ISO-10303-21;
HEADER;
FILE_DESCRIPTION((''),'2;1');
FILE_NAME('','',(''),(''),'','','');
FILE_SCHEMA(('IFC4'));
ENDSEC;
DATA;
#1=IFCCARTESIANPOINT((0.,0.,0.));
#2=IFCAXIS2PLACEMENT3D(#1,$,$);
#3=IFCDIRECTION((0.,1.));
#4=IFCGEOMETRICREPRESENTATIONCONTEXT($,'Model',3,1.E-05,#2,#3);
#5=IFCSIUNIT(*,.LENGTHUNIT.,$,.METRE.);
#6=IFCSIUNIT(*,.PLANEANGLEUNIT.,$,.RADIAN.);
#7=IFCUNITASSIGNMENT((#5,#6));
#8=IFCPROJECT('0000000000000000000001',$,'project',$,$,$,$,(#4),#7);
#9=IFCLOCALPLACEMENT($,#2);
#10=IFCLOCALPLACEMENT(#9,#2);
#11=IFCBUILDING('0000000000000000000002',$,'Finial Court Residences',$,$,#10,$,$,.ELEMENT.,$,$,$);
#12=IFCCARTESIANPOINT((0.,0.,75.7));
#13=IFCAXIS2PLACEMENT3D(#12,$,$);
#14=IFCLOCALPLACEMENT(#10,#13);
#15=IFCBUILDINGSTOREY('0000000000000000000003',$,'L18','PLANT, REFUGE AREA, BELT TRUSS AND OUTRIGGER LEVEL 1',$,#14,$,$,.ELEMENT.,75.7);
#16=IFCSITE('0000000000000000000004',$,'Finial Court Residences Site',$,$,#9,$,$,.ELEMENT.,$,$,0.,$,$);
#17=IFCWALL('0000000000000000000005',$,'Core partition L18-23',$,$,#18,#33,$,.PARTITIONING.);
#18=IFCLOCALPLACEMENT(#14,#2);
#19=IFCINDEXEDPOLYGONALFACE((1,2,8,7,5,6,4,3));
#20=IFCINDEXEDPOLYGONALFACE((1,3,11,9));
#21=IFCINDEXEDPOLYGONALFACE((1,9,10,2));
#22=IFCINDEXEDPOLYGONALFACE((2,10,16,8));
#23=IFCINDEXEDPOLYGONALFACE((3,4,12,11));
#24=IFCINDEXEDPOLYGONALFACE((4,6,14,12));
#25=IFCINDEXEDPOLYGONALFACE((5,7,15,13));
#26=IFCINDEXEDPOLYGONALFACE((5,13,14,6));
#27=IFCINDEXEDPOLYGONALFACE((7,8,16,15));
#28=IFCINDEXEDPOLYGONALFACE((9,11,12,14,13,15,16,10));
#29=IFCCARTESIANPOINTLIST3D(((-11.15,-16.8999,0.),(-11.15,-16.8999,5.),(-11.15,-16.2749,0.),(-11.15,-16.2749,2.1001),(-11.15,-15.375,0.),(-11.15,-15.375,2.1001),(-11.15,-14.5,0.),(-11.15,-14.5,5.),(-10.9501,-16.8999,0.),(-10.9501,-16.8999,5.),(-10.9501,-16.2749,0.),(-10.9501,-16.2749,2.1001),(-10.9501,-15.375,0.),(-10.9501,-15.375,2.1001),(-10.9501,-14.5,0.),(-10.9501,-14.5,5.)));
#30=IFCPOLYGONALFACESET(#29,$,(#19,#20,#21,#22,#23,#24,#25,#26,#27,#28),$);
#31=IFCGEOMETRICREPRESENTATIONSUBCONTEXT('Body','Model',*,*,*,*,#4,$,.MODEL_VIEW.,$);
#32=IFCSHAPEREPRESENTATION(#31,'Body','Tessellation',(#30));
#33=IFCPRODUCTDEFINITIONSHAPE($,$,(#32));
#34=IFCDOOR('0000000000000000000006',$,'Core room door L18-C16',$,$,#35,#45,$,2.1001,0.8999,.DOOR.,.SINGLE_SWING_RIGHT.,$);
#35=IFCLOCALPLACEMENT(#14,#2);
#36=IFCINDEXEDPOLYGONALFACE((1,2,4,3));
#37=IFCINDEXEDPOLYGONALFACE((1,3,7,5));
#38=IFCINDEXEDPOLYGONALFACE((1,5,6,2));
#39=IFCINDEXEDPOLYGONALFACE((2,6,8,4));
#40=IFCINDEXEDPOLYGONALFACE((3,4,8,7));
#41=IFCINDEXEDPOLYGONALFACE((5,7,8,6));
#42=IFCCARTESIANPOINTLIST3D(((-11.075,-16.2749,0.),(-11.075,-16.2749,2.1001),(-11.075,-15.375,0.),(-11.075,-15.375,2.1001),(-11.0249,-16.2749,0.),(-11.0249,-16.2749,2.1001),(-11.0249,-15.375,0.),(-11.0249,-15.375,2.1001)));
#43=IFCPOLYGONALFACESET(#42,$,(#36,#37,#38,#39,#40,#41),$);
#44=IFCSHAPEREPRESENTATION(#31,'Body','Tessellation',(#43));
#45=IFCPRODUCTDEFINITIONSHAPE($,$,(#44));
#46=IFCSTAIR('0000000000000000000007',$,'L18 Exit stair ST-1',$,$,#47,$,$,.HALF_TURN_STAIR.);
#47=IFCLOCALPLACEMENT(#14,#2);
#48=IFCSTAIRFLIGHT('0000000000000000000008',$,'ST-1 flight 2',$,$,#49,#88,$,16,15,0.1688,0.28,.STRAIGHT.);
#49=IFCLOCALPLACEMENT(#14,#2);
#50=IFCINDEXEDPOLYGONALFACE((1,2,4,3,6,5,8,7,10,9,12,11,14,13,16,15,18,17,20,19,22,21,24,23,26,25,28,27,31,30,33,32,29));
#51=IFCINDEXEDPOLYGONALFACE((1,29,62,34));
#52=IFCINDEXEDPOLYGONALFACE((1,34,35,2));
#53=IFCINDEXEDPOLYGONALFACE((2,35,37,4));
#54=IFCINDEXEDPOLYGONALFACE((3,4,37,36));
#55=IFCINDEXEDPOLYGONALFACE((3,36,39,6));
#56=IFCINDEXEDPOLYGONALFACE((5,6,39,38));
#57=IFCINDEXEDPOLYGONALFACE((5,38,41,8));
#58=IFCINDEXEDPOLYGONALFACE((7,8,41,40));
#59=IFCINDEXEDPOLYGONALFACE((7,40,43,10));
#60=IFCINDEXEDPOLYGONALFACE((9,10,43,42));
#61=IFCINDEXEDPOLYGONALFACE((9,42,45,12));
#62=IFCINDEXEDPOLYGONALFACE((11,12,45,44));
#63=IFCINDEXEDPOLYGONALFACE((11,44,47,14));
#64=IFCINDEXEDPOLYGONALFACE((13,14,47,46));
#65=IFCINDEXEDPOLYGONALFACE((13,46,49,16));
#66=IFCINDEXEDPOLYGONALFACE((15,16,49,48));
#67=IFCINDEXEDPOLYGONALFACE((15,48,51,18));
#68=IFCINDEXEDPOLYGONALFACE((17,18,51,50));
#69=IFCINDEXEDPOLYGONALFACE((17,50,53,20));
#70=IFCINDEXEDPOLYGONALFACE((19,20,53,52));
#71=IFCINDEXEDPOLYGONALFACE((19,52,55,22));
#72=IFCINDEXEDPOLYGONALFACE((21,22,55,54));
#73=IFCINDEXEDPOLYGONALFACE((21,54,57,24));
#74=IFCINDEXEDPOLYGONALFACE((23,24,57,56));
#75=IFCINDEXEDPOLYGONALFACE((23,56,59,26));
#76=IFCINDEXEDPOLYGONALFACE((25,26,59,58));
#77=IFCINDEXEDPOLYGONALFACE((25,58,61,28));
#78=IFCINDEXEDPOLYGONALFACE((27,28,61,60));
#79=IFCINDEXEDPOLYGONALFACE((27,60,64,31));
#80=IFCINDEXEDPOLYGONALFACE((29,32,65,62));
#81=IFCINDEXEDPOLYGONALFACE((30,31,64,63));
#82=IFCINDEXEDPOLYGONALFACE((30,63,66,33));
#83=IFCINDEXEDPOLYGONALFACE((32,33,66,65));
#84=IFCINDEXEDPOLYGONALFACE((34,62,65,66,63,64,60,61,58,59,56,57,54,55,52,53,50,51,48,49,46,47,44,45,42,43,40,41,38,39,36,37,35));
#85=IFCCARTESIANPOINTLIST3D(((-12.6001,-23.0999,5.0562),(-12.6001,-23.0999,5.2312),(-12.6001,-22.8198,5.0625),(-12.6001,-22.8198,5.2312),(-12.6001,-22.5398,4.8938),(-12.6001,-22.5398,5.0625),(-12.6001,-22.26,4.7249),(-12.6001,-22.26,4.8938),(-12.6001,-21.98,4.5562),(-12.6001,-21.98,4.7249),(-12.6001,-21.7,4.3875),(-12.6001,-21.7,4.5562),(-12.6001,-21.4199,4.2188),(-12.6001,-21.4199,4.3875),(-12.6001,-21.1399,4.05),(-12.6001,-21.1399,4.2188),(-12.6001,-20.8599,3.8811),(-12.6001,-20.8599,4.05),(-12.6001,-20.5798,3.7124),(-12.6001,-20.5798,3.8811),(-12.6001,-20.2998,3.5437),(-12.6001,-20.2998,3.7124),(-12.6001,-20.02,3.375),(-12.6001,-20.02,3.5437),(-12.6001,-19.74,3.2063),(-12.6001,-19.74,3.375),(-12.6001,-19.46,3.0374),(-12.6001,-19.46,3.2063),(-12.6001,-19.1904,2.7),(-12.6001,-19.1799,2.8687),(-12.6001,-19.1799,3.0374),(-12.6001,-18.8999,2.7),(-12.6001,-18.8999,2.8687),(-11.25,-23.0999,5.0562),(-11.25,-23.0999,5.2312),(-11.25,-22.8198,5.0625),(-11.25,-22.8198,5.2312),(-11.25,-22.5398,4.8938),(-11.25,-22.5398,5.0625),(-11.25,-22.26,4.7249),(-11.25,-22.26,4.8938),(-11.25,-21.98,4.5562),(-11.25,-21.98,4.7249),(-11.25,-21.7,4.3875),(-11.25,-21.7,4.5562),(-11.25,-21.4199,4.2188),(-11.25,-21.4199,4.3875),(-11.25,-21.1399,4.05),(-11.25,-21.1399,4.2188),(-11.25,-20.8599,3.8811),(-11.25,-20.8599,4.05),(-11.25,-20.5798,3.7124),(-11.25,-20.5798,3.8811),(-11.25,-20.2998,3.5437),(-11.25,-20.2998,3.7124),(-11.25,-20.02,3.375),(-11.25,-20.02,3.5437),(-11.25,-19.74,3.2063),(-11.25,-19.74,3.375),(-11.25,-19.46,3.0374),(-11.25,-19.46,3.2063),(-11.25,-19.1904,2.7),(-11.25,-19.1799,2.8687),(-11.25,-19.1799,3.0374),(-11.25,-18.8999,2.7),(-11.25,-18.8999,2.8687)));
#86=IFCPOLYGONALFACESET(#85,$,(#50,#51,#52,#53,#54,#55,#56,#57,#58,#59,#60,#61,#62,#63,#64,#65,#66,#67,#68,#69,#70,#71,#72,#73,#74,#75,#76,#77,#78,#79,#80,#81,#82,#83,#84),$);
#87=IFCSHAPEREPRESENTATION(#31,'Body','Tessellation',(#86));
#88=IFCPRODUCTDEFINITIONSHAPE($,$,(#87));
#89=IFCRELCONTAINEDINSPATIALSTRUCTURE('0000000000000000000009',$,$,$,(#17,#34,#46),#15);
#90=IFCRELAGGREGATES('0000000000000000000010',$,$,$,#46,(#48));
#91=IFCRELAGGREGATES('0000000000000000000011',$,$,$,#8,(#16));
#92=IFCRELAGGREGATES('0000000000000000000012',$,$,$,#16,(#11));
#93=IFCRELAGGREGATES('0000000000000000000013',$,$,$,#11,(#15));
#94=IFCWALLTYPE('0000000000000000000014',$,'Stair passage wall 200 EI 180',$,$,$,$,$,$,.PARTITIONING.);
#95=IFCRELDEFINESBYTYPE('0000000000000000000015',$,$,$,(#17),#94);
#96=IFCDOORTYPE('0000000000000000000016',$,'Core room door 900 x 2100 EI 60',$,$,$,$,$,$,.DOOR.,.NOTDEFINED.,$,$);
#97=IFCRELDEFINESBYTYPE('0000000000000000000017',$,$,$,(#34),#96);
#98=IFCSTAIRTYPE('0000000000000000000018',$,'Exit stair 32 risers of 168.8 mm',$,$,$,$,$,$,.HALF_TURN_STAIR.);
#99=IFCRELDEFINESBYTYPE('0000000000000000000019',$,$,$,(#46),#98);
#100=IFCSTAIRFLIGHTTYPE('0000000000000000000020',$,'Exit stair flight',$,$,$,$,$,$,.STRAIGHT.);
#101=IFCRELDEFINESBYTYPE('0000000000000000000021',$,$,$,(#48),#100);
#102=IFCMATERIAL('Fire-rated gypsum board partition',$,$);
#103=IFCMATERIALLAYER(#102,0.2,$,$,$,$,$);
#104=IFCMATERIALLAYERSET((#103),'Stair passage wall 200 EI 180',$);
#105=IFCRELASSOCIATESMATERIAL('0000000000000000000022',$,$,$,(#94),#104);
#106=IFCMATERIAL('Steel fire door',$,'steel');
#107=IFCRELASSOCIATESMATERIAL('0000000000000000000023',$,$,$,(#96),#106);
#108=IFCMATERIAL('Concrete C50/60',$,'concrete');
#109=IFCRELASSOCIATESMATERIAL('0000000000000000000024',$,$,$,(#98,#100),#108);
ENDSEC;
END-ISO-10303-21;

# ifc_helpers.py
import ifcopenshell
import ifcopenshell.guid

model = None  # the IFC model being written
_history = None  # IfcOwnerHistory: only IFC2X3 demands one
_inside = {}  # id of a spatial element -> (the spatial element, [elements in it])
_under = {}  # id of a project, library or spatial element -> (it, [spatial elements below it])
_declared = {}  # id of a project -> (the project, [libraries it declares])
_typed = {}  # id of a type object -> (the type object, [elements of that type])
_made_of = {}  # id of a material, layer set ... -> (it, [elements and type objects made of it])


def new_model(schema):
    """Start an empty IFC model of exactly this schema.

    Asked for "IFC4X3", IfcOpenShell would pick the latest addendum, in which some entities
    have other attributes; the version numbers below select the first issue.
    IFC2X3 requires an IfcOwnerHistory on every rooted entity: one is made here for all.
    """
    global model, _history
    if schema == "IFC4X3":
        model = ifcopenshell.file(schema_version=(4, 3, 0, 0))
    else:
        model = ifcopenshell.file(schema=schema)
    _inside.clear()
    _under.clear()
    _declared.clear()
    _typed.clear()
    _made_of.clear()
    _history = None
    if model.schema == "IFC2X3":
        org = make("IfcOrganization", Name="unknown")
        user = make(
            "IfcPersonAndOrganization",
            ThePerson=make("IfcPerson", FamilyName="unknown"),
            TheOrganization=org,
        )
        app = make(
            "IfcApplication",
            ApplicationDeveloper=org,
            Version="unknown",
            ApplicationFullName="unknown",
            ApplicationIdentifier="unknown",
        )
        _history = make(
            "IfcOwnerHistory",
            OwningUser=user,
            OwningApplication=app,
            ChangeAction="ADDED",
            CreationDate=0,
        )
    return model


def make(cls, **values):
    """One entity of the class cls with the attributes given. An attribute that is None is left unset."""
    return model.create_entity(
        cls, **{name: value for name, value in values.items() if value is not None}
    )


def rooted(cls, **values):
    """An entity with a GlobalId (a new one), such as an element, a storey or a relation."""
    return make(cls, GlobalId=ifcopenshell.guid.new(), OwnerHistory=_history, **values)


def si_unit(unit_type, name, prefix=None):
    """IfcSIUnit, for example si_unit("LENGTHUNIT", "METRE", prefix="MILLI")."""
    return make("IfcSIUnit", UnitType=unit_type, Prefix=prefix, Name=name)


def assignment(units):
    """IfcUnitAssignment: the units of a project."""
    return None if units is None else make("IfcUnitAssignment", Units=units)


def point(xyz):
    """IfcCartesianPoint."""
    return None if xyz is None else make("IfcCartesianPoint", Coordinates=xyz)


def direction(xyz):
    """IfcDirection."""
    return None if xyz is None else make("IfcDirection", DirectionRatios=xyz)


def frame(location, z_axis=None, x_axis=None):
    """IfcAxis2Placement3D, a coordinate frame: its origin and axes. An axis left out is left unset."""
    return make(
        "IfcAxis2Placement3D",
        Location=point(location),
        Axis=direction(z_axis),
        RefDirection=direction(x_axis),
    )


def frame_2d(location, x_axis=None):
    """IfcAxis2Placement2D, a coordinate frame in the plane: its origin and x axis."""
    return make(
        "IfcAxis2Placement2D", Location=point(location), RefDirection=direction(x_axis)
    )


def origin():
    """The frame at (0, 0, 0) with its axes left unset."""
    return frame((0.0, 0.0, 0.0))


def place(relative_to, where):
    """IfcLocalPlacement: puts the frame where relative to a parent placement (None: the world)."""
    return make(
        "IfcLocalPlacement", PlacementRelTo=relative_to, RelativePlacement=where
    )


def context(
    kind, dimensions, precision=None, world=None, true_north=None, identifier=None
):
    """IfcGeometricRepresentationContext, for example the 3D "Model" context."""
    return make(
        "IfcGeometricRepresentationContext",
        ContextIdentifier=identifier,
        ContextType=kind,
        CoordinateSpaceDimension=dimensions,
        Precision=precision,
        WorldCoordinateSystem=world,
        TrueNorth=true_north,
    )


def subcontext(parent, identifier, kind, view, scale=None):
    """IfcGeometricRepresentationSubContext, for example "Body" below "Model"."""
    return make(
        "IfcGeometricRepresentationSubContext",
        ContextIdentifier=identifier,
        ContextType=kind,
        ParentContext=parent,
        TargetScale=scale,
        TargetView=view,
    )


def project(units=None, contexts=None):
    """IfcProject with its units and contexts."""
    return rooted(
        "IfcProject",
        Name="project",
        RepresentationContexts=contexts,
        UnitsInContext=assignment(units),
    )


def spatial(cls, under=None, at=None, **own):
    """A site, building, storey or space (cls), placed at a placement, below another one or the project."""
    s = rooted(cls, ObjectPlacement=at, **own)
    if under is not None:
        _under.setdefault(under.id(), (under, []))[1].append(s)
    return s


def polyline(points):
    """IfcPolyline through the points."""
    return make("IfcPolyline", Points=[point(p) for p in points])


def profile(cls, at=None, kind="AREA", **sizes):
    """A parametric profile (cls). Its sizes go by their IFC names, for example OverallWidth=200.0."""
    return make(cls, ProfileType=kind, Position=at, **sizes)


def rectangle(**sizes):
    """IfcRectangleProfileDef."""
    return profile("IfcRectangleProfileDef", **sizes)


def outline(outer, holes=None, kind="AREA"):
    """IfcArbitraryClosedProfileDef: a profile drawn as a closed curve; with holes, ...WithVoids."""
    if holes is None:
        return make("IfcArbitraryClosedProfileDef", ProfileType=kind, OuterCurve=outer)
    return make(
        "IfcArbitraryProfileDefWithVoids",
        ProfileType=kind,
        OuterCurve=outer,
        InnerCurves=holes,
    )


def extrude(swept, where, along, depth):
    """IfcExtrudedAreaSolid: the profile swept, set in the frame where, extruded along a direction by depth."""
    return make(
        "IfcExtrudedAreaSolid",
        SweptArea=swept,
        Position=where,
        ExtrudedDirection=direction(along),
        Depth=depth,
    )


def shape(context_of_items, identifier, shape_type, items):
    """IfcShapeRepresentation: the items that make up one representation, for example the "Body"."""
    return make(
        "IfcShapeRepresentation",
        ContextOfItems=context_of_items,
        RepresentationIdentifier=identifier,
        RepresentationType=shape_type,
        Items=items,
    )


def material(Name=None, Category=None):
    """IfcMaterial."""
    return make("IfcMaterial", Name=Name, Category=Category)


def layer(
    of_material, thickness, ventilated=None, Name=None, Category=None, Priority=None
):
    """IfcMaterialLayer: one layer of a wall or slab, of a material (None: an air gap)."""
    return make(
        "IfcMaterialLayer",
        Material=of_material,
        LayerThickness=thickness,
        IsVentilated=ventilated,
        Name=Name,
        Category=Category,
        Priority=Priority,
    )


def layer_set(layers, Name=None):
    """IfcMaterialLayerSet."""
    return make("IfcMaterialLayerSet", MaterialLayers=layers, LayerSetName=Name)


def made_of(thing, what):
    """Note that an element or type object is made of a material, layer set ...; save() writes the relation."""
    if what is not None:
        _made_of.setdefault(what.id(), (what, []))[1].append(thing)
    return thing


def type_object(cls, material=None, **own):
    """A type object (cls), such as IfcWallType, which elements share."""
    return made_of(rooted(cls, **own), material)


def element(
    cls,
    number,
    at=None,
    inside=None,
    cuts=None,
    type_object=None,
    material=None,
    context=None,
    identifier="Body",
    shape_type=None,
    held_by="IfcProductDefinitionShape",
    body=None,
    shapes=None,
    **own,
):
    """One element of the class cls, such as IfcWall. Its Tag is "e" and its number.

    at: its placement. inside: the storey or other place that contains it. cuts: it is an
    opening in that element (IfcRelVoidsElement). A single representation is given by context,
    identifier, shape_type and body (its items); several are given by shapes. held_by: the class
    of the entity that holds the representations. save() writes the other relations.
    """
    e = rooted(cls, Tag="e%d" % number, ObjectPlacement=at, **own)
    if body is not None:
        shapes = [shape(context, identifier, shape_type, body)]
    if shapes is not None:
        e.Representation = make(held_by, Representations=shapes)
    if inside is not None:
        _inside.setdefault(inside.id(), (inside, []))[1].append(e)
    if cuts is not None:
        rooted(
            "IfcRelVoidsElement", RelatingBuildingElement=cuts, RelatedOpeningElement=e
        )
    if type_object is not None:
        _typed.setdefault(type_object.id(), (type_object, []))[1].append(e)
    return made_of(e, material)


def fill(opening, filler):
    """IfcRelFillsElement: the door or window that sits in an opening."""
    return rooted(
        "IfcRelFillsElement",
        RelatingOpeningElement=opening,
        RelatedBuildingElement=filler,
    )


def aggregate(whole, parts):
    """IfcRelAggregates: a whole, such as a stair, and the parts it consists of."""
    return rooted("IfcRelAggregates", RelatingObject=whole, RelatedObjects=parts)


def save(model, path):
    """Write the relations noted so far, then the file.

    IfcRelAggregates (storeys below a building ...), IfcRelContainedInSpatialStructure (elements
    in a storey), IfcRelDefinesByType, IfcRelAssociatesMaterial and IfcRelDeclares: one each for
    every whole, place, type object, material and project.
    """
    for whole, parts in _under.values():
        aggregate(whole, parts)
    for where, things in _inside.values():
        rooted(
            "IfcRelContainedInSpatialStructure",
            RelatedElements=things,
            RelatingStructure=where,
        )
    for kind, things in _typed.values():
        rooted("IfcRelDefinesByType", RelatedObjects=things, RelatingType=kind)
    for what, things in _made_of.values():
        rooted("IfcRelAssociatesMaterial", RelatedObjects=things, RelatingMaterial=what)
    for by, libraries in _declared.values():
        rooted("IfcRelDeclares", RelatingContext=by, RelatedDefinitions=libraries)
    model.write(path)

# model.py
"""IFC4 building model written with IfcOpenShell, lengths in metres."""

from ifc_helpers import new_model, si_unit, direction, frame, frame_2d, origin, place, context, subcontext, project, spatial, polyline, rectangle, outline, extrude, material, layer, layer_set, type_object, element, fill, aggregate, save


model = new_model("IFC4")

# Units and contexts
model_context = context("Model", 3, precision=1e-05, world=origin(), true_north=direction((0.0, 1.0)))
body_context = subcontext(model_context, "Body", "Model", "MODEL_VIEW")
ifc_project = project(units=[si_unit("LENGTHUNIT", "METRE"), si_unit("PLANEANGLEUNIT", "RADIAN")], contexts=[model_context])

# Site, building, storey
site_placement = place(None, origin())
site = spatial("IfcSite", under=ifc_project, at=site_placement, Name="Finial Court Residences Site", CompositionType="ELEMENT", RefElevation=0.0)
building_placement = place(site_placement, origin())
building = spatial("IfcBuilding", under=site, at=building_placement, Name="Finial Court Residences", CompositionType="ELEMENT")
storey_placement = place(building_placement, frame((0.0, 0.0, 75.7)))
storey = spatial("IfcBuildingStorey", under=building, at=storey_placement, Name="L18", Description="PLANT, REFUGE AREA, BELT TRUSS AND OUTRIGGER LEVEL 1", CompositionType="ELEMENT", Elevation=75.7)

# Shared definitions
ifc_material_1 = material(Name="Steel fire door", Category="steel")

# Shared definitions
ifc_material_2 = material(Name="Fire-rated gypsum board partition")

# Wall, opening, door
ifc_layer_1 = layer(ifc_material_2, 0.2)
ifc_layer_set_1 = layer_set([ifc_layer_1], Name="Stair passage wall 200 EI 180")
wall_type_1 = type_object("IfcWallType", Name="Stair passage wall 200 EI 180", PredefinedType="PARTITIONING", material=ifc_layer_set_1)
wall_1_placement = place(storey_placement, frame((-11.05, -16.8999, 0.0), z_axis=(0.0, 0.0, 1.0), x_axis=(0.0, 1.0, 0.0)))
wall_1 = element("IfcWall", 1, at=wall_1_placement, inside=storey, type_object=wall_type_1, Name="Core partition L18-23", PredefinedType="PARTITIONING", context=body_context, shape_type="SweptSolid", body=[
    extrude(rectangle(XDim=2.3999, YDim=0.2, at=frame_2d((1.2, 0.0))), origin(), (0.0, 0.0, 1.0), 5.0),
])
opening_1_placement = place(wall_1_placement, frame((0.625, 0.0, 0.0)))
opening_1 = element("IfcOpeningElement", 2, at=opening_1_placement, cuts=wall_1, PredefinedType="OPENING", context=body_context, shape_type="SweptSolid", body=[
    extrude(rectangle(XDim=0.8999, YDim=2.1001, at=frame_2d((0.45, 1.05))), frame((0.0, 0.1099, 0.0), z_axis=(0.0, -1.0, 0.0), x_axis=(1.0, 0.0, 0.0)), (0.0, 0.0, 1.0), 0.22),
])
door_type_1 = type_object("IfcDoorType", Name="Core room door 900 x 2100 EI 60", OperationType="NOTDEFINED", PredefinedType="DOOR", material=ifc_material_1)
door_1_placement = place(opening_1_placement, origin())
door_1 = element("IfcDoor", 3, at=door_1_placement, inside=storey, type_object=door_type_1, Name="Core room door L18-C16", OperationType="SINGLE_SWING_RIGHT", OverallHeight=2.1001, OverallWidth=0.8999, PredefinedType="DOOR", context=body_context, shape_type="SweptSolid", body=[
    extrude(rectangle(XDim=0.8999, YDim=2.1001, at=frame_2d((0.45, 1.05))), frame((0.0, 0.0249, 0.0), z_axis=(0.0, -1.0, 0.0), x_axis=(1.0, 0.0, 0.0)), (0.0, 0.0, 1.0), 0.05),
])
fill(opening_1, door_1)

# Stair, stair flight
ifc_material_3 = material(Name="Concrete C50/60", Category="concrete")
stair_type = type_object("IfcStairType", Name="Exit stair 32 risers of 168.8 mm", PredefinedType="HALF_TURN_STAIR", material=ifc_material_3)
stair_placement = place(storey_placement, origin())
stair = element("IfcStair", 4, at=stair_placement, inside=storey, type_object=stair_type, Name="L18 Exit stair ST-1", PredefinedType="HALF_TURN_STAIR")
stair_flight_type = type_object("IfcStairFlightType", Name="Exit stair flight", PredefinedType="STRAIGHT", material=ifc_material_3)
stair_flight_placement = place(storey_placement, frame((-11.925, -18.8999, 2.7), z_axis=(0.0, 0.0, 1.0), x_axis=(0.0, -1.0, 0.0)))
stair_flight = element("IfcStairFlight", 5, at=stair_flight_placement, type_object=stair_flight_type, Name="ST-1 flight 2", NumberOfRisers=16, NumberOfTreads=15, PredefinedType="STRAIGHT", RiserHeight=0.1688, TreadLength=0.28, context=body_context, shape_type="SweptSolid", body=[
    extrude(outline(polyline([(0.0, 0.0), (0.0, 0.1687), (0.28, 0.1687), (0.28, 0.3374), (0.5601, 0.3374), (0.5601, 0.5063), (0.8401, 0.5063), (0.8401, 0.675), (1.1201, 0.675), (1.1201, 0.8438), (1.3999, 0.8438), (1.3999, 1.0125), (1.6799, 1.0125), (1.6799, 1.1812), (1.96, 1.1812), (1.96, 1.3501), (2.24, 1.3501), (2.24, 1.5188), (2.52, 1.5188), (2.52, 1.6875), (2.8, 1.6875), (2.8, 1.8562), (3.0801, 1.8562), (3.0801, 2.0249), (3.3601, 2.0249), (3.3601, 2.1938), (3.6399, 2.1938), (3.6399, 2.3625), (3.9199, 2.3625), (3.9199, 2.5312), (4.2, 2.5312), (4.2, 2.7), (4.2, 2.3562), (0.2905, 0.0), (0.0, 0.0)])), frame((0.0, 0.675, 0.0), z_axis=(0.0, -1.0, 0.0), x_axis=(1.0, 0.0, 0.0)), (0.0, 0.0, 1.0), 1.3501),
])
aggregate(stair, [stair_flight])

save(model, "model.ifc")
